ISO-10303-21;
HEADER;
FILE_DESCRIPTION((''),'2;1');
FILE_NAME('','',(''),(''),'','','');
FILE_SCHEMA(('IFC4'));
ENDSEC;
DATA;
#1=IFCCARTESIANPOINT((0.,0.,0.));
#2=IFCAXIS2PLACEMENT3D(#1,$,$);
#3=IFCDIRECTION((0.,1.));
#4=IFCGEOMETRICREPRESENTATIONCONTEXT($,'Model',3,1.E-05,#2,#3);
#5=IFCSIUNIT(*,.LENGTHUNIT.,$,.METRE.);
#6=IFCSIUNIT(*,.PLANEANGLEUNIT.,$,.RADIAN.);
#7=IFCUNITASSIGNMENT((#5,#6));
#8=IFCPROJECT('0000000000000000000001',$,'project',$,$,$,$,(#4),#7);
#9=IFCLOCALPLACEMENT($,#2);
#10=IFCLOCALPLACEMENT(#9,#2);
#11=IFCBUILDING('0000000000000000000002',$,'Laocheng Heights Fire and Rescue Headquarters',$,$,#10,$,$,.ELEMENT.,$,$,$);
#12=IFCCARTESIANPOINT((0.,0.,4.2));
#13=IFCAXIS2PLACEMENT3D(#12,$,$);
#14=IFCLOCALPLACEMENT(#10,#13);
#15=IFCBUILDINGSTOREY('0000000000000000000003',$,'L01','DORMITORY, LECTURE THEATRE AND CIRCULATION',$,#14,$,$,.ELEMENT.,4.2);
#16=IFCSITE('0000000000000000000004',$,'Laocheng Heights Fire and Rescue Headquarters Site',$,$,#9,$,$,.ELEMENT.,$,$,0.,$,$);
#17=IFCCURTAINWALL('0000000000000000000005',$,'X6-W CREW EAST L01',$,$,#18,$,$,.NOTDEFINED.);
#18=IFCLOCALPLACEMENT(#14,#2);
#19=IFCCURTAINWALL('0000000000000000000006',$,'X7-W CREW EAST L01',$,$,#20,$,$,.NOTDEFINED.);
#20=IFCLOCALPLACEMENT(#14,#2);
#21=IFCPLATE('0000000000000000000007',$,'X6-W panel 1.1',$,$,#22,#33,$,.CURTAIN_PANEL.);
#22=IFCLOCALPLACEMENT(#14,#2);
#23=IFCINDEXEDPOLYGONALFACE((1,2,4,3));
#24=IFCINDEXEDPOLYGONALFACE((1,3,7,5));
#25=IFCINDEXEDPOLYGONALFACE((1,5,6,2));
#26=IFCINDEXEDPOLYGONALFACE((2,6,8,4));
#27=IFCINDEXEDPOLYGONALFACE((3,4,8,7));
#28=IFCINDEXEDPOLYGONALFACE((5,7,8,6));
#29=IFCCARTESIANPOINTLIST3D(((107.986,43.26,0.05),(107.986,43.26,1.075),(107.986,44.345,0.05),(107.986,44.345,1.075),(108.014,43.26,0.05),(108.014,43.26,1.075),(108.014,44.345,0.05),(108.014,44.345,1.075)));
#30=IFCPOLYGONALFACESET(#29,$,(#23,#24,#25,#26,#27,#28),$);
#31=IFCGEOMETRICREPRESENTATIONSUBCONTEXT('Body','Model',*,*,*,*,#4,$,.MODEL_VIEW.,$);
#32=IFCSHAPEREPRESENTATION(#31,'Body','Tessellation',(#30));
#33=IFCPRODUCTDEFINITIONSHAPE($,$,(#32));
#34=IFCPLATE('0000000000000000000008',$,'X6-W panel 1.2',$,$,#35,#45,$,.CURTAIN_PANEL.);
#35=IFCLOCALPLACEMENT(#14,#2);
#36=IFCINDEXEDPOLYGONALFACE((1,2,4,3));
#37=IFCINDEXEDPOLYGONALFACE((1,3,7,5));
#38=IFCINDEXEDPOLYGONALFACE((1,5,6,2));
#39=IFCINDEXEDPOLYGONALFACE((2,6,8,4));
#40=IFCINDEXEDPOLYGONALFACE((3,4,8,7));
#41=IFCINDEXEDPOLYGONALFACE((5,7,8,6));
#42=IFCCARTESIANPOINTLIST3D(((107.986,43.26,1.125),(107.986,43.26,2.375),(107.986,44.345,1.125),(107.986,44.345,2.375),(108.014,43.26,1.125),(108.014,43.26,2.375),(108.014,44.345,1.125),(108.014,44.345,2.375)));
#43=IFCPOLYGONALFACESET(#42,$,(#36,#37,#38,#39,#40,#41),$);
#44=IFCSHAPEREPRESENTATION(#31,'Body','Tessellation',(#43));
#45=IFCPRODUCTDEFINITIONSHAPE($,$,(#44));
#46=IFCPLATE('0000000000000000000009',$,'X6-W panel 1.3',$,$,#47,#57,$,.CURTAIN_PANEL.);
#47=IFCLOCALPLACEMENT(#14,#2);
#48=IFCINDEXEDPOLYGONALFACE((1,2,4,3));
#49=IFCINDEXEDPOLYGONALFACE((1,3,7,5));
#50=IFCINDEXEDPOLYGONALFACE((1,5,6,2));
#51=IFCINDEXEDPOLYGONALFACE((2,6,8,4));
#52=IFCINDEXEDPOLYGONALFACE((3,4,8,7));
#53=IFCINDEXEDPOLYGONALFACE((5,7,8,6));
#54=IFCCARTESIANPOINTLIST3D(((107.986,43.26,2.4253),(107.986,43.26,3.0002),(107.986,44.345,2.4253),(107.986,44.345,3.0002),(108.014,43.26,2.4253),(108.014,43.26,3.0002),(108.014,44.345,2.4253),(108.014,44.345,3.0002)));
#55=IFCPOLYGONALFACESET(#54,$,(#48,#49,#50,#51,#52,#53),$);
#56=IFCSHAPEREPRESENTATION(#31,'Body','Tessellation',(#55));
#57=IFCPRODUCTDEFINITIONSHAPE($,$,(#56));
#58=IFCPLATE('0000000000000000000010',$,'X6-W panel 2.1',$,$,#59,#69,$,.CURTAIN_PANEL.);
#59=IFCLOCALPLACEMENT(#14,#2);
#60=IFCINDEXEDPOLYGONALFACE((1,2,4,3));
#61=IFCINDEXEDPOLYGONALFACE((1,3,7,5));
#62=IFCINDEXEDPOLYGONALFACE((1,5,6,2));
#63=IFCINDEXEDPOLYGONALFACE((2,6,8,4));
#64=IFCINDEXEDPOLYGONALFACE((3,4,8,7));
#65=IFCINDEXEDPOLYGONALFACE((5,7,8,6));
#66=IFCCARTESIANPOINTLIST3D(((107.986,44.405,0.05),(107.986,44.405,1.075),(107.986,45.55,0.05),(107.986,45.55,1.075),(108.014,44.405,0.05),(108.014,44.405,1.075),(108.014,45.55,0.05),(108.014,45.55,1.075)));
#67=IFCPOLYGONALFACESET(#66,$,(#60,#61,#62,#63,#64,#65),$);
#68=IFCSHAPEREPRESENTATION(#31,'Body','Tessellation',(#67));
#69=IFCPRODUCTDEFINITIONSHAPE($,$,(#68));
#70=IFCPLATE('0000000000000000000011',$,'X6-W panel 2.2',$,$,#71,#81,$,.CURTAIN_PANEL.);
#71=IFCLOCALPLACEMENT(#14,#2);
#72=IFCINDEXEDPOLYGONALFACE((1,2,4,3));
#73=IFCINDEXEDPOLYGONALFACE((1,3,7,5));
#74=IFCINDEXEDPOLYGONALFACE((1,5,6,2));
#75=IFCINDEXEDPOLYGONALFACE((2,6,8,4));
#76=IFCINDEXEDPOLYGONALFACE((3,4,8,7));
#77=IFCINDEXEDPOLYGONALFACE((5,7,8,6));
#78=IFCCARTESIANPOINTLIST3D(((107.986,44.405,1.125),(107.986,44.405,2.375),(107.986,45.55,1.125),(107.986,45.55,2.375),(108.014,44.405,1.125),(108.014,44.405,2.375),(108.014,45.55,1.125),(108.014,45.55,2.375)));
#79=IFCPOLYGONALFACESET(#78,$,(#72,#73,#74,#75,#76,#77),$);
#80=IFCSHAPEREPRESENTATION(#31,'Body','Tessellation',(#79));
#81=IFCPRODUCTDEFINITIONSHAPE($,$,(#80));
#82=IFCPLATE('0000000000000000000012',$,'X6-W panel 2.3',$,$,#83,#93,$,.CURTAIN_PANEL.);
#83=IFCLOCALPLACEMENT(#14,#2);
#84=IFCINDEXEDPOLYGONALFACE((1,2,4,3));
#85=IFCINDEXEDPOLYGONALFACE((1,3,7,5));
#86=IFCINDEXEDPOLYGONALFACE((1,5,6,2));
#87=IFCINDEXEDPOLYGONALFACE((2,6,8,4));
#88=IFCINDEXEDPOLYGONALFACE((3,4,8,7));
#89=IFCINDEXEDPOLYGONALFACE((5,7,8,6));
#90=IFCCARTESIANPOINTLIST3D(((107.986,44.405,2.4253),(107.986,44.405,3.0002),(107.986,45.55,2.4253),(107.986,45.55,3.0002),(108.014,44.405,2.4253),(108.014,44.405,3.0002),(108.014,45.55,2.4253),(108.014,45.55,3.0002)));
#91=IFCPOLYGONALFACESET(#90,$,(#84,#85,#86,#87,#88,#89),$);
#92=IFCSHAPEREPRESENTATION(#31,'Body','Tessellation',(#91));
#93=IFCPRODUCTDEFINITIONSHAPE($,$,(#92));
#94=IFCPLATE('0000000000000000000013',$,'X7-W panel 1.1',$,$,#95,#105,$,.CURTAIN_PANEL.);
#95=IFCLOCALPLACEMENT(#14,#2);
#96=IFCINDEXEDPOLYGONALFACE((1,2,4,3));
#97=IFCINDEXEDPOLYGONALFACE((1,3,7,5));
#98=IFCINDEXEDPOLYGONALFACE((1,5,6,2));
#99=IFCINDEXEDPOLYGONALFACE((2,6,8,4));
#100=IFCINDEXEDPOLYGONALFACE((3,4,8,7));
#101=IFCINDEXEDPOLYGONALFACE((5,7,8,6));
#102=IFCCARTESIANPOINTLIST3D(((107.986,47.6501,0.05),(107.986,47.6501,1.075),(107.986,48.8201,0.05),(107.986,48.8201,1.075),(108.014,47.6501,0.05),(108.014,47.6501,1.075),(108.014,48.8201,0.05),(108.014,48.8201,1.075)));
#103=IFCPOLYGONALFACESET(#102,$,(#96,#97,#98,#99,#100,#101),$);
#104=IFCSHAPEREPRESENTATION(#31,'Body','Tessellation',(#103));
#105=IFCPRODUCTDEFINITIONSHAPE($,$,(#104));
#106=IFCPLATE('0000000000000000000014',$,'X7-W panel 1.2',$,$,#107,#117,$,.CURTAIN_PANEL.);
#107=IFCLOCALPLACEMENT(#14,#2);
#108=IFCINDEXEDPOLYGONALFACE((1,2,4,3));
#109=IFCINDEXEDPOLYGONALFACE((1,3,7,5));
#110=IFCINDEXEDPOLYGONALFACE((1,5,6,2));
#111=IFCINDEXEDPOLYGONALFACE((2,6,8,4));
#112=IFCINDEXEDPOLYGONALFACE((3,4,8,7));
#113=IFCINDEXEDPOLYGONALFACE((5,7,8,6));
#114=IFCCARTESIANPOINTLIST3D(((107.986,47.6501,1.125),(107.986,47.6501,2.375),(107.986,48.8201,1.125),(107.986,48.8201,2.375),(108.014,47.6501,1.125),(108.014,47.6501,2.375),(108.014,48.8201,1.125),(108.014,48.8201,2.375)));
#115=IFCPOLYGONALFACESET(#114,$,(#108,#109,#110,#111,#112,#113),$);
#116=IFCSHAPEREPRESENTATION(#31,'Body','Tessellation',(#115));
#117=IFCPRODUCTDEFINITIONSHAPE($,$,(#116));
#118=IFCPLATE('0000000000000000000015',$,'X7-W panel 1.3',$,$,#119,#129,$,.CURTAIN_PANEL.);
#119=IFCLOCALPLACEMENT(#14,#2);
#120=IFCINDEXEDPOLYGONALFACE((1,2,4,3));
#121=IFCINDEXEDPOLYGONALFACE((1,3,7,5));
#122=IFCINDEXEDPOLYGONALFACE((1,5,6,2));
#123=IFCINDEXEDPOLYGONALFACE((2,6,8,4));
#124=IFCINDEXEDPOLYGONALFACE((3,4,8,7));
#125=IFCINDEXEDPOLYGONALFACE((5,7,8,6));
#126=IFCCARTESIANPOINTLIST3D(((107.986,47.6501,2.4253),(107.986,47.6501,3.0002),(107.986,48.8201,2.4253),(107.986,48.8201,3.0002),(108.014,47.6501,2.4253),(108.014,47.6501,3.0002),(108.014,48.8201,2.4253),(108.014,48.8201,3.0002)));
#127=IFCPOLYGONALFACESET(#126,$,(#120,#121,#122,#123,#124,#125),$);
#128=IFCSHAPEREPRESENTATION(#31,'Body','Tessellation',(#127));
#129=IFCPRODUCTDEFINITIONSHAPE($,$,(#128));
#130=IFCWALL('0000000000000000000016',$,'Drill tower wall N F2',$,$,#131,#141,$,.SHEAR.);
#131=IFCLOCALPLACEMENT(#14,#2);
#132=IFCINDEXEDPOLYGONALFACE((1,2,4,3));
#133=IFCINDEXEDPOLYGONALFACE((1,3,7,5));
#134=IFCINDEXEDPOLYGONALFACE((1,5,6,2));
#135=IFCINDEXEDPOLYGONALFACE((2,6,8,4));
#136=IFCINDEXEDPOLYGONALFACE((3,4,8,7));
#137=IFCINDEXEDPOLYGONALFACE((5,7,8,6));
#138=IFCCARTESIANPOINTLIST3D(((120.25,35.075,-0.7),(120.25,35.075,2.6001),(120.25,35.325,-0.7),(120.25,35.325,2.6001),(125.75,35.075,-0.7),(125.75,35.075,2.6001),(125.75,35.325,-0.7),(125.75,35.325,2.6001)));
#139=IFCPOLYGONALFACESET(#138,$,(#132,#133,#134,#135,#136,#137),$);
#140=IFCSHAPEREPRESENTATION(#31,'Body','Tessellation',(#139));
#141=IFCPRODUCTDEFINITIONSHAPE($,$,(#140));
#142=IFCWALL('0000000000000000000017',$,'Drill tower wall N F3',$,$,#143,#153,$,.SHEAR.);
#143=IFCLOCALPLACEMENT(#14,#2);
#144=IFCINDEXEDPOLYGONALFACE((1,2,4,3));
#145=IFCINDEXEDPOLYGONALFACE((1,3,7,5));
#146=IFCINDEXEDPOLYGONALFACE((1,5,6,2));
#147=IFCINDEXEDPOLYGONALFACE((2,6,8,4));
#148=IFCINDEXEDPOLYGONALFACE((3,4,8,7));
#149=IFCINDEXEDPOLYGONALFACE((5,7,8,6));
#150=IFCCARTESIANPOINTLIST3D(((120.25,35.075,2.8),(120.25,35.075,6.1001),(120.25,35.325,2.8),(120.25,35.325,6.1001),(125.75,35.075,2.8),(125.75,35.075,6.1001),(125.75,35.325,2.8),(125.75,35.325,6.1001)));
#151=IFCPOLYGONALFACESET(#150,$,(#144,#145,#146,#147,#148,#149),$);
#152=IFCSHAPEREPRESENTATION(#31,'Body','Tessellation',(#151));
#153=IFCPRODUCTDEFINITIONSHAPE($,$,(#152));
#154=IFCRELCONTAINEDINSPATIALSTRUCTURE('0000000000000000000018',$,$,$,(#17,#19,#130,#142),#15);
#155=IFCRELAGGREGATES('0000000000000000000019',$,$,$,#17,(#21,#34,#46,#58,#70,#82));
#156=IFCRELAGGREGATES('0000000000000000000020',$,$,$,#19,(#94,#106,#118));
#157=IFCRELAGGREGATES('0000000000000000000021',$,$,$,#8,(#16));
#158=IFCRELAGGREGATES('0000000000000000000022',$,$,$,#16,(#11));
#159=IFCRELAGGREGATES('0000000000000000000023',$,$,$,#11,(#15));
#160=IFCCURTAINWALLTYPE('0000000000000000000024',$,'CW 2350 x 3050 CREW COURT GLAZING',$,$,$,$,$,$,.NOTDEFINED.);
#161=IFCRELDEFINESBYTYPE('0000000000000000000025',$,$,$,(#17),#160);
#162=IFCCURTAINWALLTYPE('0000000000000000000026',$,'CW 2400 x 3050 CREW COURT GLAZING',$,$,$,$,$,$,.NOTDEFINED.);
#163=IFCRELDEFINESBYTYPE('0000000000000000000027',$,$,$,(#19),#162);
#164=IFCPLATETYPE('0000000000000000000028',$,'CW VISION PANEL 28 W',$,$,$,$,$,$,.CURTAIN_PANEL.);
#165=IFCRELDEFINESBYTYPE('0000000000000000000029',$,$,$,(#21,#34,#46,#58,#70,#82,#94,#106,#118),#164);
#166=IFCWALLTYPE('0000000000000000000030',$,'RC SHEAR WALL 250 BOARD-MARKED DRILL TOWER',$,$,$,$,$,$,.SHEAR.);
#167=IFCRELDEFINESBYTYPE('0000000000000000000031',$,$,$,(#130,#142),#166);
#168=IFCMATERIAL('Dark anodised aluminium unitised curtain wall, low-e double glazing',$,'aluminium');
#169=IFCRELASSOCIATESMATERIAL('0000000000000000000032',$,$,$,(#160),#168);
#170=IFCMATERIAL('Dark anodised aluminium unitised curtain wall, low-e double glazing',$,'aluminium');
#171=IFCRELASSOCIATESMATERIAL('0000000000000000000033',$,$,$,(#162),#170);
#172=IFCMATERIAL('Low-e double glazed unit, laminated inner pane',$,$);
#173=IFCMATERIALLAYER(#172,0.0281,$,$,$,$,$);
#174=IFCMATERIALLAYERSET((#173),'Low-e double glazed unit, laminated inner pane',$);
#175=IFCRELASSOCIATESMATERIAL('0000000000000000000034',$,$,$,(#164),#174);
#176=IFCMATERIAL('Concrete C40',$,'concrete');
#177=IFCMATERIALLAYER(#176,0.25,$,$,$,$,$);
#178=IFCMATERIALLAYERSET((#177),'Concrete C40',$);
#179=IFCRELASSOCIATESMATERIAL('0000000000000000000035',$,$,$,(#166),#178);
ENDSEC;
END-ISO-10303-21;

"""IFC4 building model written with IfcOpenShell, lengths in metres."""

from ifc_helpers import new_model, si_unit, direction, frame, frame_2d, origin, origin_2d, place, context, subcontext, project, spatial, rectangle, extrude, material, layer, layer_set, type_object, element, aggregate, save


model = new_model("IFC4")

# Units and contexts
model_context = context("Model", 3, precision=1e-05, world=origin(), true_north=direction((0.0, 1.0)))
body_context = subcontext(model_context, "Body", "Model", "MODEL_VIEW")
ifc_project = project(units=[si_unit("LENGTHUNIT", "METRE"), si_unit("PLANEANGLEUNIT", "RADIAN")], contexts=[model_context])

# Site, building, storey
site_placement = place(None, origin())
site = spatial("IfcSite", under=ifc_project, at=site_placement, Name="Laocheng Heights Fire and Rescue Headquarters Site", CompositionType="ELEMENT", RefElevation=0.0)
building_placement = place(site_placement, origin())
building = spatial("IfcBuilding", under=site, at=building_placement, Name="Laocheng Heights Fire and Rescue Headquarters", CompositionType="ELEMENT")
storey_placement = place(building_placement, frame((0.0, 0.0, 4.2)))
storey = spatial("IfcBuildingStorey", under=building, at=storey_placement, Name="L01", Description="DORMITORY, LECTURE THEATRE AND CIRCULATION", CompositionType="ELEMENT", Elevation=4.2)

# Curtain walls
ifc_material_1 = material(Name="Dark anodised aluminium unitised curtain wall, low-e double glazing", Category="aluminium")
curtain_wall_type_1 = type_object("IfcCurtainWallType", Name="CW 2350 x 3050 CREW COURT GLAZING", PredefinedType="NOTDEFINED", material=ifc_material_1)
curtain_wall_1_placement = place(storey_placement, origin())
curtain_wall_1 = element("IfcCurtainWall", 1, at=curtain_wall_1_placement, inside=storey, type_object=curtain_wall_type_1, Name="X6-W CREW EAST L01", PredefinedType="NOTDEFINED")
ifc_material_2 = material(Name="Dark anodised aluminium unitised curtain wall, low-e double glazing", Category="aluminium")
curtain_wall_type_2 = type_object("IfcCurtainWallType", Name="CW 2400 x 3050 CREW COURT GLAZING", PredefinedType="NOTDEFINED", material=ifc_material_2)
curtain_wall_2_placement = place(storey_placement, origin())
curtain_wall_2 = element("IfcCurtainWall", 2, at=curtain_wall_2_placement, inside=storey, type_object=curtain_wall_type_2, Name="X7-W CREW EAST L01", PredefinedType="NOTDEFINED")

# Plates
ifc_material_3 = material(Name="Low-e double glazed unit, laminated inner pane")
ifc_layer_1 = layer(ifc_material_3, 0.0281)
ifc_layer_set_1 = layer_set([ifc_layer_1], Name="Low-e double glazed unit, laminated inner pane")
plate_type = type_object("IfcPlateType", Name="CW VISION PANEL 28 W", PredefinedType="CURTAIN_PANEL", material=ifc_layer_set_1)
plate_1_placement = place(storey_placement, frame((108.0, 43.8025, 0.05), z_axis=(0.0, 0.0, 1.0), x_axis=(0.0, 1.0, 0.0)))
plate_1 = element("IfcPlate", 3, at=plate_1_placement, type_object=plate_type, Name="X6-W panel 1.1", PredefinedType="CURTAIN_PANEL", context=body_context, shape_type="SweptSolid", body=[
    extrude(rectangle(XDim=1.085, YDim=0.0281, at=origin_2d()), origin(), (0.0, 0.0, 1.0), 1.0249),
])
plate_2_placement = place(storey_placement, frame((108.0, 43.8025, 1.125), z_axis=(0.0, 0.0, 1.0), x_axis=(0.0, 1.0, 0.0)))
plate_2 = element("IfcPlate", 4, at=plate_2_placement, type_object=plate_type, Name="X6-W panel 1.2", PredefinedType="CURTAIN_PANEL", context=body_context, shape_type="SweptSolid", body=[
    extrude(rectangle(XDim=1.085, YDim=0.0281, at=origin_2d()), origin(), (0.0, 0.0, 1.0), 1.25),
])
plate_3_placement = place(storey_placement, frame((108.0, 43.8025, 2.4253), z_axis=(0.0, 0.0, 1.0), x_axis=(0.0, 1.0, 0.0)))
plate_3 = element("IfcPlate", 5, at=plate_3_placement, type_object=plate_type, Name="X6-W panel 1.3", PredefinedType="CURTAIN_PANEL", context=body_context, shape_type="SweptSolid", body=[
    extrude(rectangle(XDim=1.085, YDim=0.0281, at=origin_2d()), origin(), (0.0, 0.0, 1.0), 0.575),
])
plate_4_placement = place(storey_placement, frame((108.0, 44.9775, 0.05), z_axis=(0.0, 0.0, 1.0), x_axis=(0.0, 1.0, 0.0)))
plate_4 = element("IfcPlate", 6, at=plate_4_placement, type_object=plate_type, Name="X6-W panel 2.1", PredefinedType="CURTAIN_PANEL", context=body_context, shape_type="SweptSolid", body=[
    extrude(rectangle(XDim=1.145, YDim=0.0281, at=origin_2d()), origin(), (0.0, 0.0, 1.0), 1.0249),
])
plate_5_placement = place(storey_placement, frame((108.0, 44.9775, 1.125), z_axis=(0.0, 0.0, 1.0), x_axis=(0.0, 1.0, 0.0)))
plate_5 = element("IfcPlate", 7, at=plate_5_placement, type_object=plate_type, Name="X6-W panel 2.2", PredefinedType="CURTAIN_PANEL", context=body_context, shape_type="SweptSolid", body=[
    extrude(rectangle(XDim=1.145, YDim=0.0281, at=origin_2d()), origin(), (0.0, 0.0, 1.0), 1.25),
])
plate_6_placement = place(storey_placement, frame((108.0, 44.9775, 2.4253), z_axis=(0.0, 0.0, 1.0), x_axis=(0.0, 1.0, 0.0)))
plate_6 = element("IfcPlate", 8, at=plate_6_placement, type_object=plate_type, Name="X6-W panel 2.3", PredefinedType="CURTAIN_PANEL", context=body_context, shape_type="SweptSolid", body=[
    extrude(rectangle(XDim=1.145, YDim=0.0281, at=origin_2d()), origin(), (0.0, 0.0, 1.0), 0.575),
])
aggregate(curtain_wall_1, [plate_1, plate_2, plate_3, plate_4, plate_5, plate_6])
plate_7_placement = place(storey_placement, frame((108.0, 48.2351, 0.05), z_axis=(0.0, 0.0, 1.0), x_axis=(0.0, 1.0, 0.0)))
plate_7 = element("IfcPlate", 9, at=plate_7_placement, type_object=plate_type, Name="X7-W panel 1.1", PredefinedType="CURTAIN_PANEL", context=body_context, shape_type="SweptSolid", body=[
    extrude(rectangle(XDim=1.1699, YDim=0.0281, at=origin_2d()), origin(), (0.0, 0.0, 1.0), 1.0249),
])
plate_8_placement = place(storey_placement, frame((108.0, 48.2351, 1.125), z_axis=(0.0, 0.0, 1.0), x_axis=(0.0, 1.0, 0.0)))
plate_8 = element("IfcPlate", 10, at=plate_8_placement, type_object=plate_type, Name="X7-W panel 1.2", PredefinedType="CURTAIN_PANEL", context=body_context, shape_type="SweptSolid", body=[
    extrude(rectangle(XDim=1.1699, YDim=0.0281, at=origin_2d()), origin(), (0.0, 0.0, 1.0), 1.25),
])
plate_9_placement = place(storey_placement, frame((108.0, 48.2351, 2.4253), z_axis=(0.0, 0.0, 1.0), x_axis=(0.0, 1.0, 0.0)))
plate_9 = element("IfcPlate", 11, at=plate_9_placement, type_object=plate_type, Name="X7-W panel 1.3", PredefinedType="CURTAIN_PANEL", context=body_context, shape_type="SweptSolid", body=[
    extrude(rectangle(XDim=1.1699, YDim=0.0281, at=origin_2d()), origin(), (0.0, 0.0, 1.0), 0.575),
])
aggregate(curtain_wall_2, [plate_7, plate_8, plate_9])

# Walls
ifc_material_4 = material(Name="Concrete C40", Category="concrete")
ifc_layer_2 = layer(ifc_material_4, 0.25)
ifc_layer_set_2 = layer_set([ifc_layer_2], Name="Concrete C40")
wall_type_1 = type_object("IfcWallType", Name="RC SHEAR WALL 250 BOARD-MARKED DRILL TOWER", PredefinedType="SHEAR", material=ifc_layer_set_2)
for number, where, z_axis, x_axis, name in (
    (12, (120.25, 35.2, -0.7), (0.0, 0.0, 1.0), (1.0, 0.0, 0.0), "Drill tower wall N F2"),
    (13, (120.25, 35.2, 2.8), (0.0, 0.0, 1.0), (1.0, 0.0, 0.0), "Drill tower wall N F3"),
):
    element("IfcWall", number, at=place(storey_placement, frame(where, z_axis=z_axis, x_axis=x_axis)), inside=storey, type_object=wall_type_1, Name=name, PredefinedType="SHEAR", context=body_context, shape_type="SweptSolid", body=[
        extrude(rectangle(XDim=5.5, YDim=0.25, at=frame_2d((2.75, 0.0))), origin(), (0.0, 0.0, 1.0), 3.3),
    ])

save(model, "model.ifc")
